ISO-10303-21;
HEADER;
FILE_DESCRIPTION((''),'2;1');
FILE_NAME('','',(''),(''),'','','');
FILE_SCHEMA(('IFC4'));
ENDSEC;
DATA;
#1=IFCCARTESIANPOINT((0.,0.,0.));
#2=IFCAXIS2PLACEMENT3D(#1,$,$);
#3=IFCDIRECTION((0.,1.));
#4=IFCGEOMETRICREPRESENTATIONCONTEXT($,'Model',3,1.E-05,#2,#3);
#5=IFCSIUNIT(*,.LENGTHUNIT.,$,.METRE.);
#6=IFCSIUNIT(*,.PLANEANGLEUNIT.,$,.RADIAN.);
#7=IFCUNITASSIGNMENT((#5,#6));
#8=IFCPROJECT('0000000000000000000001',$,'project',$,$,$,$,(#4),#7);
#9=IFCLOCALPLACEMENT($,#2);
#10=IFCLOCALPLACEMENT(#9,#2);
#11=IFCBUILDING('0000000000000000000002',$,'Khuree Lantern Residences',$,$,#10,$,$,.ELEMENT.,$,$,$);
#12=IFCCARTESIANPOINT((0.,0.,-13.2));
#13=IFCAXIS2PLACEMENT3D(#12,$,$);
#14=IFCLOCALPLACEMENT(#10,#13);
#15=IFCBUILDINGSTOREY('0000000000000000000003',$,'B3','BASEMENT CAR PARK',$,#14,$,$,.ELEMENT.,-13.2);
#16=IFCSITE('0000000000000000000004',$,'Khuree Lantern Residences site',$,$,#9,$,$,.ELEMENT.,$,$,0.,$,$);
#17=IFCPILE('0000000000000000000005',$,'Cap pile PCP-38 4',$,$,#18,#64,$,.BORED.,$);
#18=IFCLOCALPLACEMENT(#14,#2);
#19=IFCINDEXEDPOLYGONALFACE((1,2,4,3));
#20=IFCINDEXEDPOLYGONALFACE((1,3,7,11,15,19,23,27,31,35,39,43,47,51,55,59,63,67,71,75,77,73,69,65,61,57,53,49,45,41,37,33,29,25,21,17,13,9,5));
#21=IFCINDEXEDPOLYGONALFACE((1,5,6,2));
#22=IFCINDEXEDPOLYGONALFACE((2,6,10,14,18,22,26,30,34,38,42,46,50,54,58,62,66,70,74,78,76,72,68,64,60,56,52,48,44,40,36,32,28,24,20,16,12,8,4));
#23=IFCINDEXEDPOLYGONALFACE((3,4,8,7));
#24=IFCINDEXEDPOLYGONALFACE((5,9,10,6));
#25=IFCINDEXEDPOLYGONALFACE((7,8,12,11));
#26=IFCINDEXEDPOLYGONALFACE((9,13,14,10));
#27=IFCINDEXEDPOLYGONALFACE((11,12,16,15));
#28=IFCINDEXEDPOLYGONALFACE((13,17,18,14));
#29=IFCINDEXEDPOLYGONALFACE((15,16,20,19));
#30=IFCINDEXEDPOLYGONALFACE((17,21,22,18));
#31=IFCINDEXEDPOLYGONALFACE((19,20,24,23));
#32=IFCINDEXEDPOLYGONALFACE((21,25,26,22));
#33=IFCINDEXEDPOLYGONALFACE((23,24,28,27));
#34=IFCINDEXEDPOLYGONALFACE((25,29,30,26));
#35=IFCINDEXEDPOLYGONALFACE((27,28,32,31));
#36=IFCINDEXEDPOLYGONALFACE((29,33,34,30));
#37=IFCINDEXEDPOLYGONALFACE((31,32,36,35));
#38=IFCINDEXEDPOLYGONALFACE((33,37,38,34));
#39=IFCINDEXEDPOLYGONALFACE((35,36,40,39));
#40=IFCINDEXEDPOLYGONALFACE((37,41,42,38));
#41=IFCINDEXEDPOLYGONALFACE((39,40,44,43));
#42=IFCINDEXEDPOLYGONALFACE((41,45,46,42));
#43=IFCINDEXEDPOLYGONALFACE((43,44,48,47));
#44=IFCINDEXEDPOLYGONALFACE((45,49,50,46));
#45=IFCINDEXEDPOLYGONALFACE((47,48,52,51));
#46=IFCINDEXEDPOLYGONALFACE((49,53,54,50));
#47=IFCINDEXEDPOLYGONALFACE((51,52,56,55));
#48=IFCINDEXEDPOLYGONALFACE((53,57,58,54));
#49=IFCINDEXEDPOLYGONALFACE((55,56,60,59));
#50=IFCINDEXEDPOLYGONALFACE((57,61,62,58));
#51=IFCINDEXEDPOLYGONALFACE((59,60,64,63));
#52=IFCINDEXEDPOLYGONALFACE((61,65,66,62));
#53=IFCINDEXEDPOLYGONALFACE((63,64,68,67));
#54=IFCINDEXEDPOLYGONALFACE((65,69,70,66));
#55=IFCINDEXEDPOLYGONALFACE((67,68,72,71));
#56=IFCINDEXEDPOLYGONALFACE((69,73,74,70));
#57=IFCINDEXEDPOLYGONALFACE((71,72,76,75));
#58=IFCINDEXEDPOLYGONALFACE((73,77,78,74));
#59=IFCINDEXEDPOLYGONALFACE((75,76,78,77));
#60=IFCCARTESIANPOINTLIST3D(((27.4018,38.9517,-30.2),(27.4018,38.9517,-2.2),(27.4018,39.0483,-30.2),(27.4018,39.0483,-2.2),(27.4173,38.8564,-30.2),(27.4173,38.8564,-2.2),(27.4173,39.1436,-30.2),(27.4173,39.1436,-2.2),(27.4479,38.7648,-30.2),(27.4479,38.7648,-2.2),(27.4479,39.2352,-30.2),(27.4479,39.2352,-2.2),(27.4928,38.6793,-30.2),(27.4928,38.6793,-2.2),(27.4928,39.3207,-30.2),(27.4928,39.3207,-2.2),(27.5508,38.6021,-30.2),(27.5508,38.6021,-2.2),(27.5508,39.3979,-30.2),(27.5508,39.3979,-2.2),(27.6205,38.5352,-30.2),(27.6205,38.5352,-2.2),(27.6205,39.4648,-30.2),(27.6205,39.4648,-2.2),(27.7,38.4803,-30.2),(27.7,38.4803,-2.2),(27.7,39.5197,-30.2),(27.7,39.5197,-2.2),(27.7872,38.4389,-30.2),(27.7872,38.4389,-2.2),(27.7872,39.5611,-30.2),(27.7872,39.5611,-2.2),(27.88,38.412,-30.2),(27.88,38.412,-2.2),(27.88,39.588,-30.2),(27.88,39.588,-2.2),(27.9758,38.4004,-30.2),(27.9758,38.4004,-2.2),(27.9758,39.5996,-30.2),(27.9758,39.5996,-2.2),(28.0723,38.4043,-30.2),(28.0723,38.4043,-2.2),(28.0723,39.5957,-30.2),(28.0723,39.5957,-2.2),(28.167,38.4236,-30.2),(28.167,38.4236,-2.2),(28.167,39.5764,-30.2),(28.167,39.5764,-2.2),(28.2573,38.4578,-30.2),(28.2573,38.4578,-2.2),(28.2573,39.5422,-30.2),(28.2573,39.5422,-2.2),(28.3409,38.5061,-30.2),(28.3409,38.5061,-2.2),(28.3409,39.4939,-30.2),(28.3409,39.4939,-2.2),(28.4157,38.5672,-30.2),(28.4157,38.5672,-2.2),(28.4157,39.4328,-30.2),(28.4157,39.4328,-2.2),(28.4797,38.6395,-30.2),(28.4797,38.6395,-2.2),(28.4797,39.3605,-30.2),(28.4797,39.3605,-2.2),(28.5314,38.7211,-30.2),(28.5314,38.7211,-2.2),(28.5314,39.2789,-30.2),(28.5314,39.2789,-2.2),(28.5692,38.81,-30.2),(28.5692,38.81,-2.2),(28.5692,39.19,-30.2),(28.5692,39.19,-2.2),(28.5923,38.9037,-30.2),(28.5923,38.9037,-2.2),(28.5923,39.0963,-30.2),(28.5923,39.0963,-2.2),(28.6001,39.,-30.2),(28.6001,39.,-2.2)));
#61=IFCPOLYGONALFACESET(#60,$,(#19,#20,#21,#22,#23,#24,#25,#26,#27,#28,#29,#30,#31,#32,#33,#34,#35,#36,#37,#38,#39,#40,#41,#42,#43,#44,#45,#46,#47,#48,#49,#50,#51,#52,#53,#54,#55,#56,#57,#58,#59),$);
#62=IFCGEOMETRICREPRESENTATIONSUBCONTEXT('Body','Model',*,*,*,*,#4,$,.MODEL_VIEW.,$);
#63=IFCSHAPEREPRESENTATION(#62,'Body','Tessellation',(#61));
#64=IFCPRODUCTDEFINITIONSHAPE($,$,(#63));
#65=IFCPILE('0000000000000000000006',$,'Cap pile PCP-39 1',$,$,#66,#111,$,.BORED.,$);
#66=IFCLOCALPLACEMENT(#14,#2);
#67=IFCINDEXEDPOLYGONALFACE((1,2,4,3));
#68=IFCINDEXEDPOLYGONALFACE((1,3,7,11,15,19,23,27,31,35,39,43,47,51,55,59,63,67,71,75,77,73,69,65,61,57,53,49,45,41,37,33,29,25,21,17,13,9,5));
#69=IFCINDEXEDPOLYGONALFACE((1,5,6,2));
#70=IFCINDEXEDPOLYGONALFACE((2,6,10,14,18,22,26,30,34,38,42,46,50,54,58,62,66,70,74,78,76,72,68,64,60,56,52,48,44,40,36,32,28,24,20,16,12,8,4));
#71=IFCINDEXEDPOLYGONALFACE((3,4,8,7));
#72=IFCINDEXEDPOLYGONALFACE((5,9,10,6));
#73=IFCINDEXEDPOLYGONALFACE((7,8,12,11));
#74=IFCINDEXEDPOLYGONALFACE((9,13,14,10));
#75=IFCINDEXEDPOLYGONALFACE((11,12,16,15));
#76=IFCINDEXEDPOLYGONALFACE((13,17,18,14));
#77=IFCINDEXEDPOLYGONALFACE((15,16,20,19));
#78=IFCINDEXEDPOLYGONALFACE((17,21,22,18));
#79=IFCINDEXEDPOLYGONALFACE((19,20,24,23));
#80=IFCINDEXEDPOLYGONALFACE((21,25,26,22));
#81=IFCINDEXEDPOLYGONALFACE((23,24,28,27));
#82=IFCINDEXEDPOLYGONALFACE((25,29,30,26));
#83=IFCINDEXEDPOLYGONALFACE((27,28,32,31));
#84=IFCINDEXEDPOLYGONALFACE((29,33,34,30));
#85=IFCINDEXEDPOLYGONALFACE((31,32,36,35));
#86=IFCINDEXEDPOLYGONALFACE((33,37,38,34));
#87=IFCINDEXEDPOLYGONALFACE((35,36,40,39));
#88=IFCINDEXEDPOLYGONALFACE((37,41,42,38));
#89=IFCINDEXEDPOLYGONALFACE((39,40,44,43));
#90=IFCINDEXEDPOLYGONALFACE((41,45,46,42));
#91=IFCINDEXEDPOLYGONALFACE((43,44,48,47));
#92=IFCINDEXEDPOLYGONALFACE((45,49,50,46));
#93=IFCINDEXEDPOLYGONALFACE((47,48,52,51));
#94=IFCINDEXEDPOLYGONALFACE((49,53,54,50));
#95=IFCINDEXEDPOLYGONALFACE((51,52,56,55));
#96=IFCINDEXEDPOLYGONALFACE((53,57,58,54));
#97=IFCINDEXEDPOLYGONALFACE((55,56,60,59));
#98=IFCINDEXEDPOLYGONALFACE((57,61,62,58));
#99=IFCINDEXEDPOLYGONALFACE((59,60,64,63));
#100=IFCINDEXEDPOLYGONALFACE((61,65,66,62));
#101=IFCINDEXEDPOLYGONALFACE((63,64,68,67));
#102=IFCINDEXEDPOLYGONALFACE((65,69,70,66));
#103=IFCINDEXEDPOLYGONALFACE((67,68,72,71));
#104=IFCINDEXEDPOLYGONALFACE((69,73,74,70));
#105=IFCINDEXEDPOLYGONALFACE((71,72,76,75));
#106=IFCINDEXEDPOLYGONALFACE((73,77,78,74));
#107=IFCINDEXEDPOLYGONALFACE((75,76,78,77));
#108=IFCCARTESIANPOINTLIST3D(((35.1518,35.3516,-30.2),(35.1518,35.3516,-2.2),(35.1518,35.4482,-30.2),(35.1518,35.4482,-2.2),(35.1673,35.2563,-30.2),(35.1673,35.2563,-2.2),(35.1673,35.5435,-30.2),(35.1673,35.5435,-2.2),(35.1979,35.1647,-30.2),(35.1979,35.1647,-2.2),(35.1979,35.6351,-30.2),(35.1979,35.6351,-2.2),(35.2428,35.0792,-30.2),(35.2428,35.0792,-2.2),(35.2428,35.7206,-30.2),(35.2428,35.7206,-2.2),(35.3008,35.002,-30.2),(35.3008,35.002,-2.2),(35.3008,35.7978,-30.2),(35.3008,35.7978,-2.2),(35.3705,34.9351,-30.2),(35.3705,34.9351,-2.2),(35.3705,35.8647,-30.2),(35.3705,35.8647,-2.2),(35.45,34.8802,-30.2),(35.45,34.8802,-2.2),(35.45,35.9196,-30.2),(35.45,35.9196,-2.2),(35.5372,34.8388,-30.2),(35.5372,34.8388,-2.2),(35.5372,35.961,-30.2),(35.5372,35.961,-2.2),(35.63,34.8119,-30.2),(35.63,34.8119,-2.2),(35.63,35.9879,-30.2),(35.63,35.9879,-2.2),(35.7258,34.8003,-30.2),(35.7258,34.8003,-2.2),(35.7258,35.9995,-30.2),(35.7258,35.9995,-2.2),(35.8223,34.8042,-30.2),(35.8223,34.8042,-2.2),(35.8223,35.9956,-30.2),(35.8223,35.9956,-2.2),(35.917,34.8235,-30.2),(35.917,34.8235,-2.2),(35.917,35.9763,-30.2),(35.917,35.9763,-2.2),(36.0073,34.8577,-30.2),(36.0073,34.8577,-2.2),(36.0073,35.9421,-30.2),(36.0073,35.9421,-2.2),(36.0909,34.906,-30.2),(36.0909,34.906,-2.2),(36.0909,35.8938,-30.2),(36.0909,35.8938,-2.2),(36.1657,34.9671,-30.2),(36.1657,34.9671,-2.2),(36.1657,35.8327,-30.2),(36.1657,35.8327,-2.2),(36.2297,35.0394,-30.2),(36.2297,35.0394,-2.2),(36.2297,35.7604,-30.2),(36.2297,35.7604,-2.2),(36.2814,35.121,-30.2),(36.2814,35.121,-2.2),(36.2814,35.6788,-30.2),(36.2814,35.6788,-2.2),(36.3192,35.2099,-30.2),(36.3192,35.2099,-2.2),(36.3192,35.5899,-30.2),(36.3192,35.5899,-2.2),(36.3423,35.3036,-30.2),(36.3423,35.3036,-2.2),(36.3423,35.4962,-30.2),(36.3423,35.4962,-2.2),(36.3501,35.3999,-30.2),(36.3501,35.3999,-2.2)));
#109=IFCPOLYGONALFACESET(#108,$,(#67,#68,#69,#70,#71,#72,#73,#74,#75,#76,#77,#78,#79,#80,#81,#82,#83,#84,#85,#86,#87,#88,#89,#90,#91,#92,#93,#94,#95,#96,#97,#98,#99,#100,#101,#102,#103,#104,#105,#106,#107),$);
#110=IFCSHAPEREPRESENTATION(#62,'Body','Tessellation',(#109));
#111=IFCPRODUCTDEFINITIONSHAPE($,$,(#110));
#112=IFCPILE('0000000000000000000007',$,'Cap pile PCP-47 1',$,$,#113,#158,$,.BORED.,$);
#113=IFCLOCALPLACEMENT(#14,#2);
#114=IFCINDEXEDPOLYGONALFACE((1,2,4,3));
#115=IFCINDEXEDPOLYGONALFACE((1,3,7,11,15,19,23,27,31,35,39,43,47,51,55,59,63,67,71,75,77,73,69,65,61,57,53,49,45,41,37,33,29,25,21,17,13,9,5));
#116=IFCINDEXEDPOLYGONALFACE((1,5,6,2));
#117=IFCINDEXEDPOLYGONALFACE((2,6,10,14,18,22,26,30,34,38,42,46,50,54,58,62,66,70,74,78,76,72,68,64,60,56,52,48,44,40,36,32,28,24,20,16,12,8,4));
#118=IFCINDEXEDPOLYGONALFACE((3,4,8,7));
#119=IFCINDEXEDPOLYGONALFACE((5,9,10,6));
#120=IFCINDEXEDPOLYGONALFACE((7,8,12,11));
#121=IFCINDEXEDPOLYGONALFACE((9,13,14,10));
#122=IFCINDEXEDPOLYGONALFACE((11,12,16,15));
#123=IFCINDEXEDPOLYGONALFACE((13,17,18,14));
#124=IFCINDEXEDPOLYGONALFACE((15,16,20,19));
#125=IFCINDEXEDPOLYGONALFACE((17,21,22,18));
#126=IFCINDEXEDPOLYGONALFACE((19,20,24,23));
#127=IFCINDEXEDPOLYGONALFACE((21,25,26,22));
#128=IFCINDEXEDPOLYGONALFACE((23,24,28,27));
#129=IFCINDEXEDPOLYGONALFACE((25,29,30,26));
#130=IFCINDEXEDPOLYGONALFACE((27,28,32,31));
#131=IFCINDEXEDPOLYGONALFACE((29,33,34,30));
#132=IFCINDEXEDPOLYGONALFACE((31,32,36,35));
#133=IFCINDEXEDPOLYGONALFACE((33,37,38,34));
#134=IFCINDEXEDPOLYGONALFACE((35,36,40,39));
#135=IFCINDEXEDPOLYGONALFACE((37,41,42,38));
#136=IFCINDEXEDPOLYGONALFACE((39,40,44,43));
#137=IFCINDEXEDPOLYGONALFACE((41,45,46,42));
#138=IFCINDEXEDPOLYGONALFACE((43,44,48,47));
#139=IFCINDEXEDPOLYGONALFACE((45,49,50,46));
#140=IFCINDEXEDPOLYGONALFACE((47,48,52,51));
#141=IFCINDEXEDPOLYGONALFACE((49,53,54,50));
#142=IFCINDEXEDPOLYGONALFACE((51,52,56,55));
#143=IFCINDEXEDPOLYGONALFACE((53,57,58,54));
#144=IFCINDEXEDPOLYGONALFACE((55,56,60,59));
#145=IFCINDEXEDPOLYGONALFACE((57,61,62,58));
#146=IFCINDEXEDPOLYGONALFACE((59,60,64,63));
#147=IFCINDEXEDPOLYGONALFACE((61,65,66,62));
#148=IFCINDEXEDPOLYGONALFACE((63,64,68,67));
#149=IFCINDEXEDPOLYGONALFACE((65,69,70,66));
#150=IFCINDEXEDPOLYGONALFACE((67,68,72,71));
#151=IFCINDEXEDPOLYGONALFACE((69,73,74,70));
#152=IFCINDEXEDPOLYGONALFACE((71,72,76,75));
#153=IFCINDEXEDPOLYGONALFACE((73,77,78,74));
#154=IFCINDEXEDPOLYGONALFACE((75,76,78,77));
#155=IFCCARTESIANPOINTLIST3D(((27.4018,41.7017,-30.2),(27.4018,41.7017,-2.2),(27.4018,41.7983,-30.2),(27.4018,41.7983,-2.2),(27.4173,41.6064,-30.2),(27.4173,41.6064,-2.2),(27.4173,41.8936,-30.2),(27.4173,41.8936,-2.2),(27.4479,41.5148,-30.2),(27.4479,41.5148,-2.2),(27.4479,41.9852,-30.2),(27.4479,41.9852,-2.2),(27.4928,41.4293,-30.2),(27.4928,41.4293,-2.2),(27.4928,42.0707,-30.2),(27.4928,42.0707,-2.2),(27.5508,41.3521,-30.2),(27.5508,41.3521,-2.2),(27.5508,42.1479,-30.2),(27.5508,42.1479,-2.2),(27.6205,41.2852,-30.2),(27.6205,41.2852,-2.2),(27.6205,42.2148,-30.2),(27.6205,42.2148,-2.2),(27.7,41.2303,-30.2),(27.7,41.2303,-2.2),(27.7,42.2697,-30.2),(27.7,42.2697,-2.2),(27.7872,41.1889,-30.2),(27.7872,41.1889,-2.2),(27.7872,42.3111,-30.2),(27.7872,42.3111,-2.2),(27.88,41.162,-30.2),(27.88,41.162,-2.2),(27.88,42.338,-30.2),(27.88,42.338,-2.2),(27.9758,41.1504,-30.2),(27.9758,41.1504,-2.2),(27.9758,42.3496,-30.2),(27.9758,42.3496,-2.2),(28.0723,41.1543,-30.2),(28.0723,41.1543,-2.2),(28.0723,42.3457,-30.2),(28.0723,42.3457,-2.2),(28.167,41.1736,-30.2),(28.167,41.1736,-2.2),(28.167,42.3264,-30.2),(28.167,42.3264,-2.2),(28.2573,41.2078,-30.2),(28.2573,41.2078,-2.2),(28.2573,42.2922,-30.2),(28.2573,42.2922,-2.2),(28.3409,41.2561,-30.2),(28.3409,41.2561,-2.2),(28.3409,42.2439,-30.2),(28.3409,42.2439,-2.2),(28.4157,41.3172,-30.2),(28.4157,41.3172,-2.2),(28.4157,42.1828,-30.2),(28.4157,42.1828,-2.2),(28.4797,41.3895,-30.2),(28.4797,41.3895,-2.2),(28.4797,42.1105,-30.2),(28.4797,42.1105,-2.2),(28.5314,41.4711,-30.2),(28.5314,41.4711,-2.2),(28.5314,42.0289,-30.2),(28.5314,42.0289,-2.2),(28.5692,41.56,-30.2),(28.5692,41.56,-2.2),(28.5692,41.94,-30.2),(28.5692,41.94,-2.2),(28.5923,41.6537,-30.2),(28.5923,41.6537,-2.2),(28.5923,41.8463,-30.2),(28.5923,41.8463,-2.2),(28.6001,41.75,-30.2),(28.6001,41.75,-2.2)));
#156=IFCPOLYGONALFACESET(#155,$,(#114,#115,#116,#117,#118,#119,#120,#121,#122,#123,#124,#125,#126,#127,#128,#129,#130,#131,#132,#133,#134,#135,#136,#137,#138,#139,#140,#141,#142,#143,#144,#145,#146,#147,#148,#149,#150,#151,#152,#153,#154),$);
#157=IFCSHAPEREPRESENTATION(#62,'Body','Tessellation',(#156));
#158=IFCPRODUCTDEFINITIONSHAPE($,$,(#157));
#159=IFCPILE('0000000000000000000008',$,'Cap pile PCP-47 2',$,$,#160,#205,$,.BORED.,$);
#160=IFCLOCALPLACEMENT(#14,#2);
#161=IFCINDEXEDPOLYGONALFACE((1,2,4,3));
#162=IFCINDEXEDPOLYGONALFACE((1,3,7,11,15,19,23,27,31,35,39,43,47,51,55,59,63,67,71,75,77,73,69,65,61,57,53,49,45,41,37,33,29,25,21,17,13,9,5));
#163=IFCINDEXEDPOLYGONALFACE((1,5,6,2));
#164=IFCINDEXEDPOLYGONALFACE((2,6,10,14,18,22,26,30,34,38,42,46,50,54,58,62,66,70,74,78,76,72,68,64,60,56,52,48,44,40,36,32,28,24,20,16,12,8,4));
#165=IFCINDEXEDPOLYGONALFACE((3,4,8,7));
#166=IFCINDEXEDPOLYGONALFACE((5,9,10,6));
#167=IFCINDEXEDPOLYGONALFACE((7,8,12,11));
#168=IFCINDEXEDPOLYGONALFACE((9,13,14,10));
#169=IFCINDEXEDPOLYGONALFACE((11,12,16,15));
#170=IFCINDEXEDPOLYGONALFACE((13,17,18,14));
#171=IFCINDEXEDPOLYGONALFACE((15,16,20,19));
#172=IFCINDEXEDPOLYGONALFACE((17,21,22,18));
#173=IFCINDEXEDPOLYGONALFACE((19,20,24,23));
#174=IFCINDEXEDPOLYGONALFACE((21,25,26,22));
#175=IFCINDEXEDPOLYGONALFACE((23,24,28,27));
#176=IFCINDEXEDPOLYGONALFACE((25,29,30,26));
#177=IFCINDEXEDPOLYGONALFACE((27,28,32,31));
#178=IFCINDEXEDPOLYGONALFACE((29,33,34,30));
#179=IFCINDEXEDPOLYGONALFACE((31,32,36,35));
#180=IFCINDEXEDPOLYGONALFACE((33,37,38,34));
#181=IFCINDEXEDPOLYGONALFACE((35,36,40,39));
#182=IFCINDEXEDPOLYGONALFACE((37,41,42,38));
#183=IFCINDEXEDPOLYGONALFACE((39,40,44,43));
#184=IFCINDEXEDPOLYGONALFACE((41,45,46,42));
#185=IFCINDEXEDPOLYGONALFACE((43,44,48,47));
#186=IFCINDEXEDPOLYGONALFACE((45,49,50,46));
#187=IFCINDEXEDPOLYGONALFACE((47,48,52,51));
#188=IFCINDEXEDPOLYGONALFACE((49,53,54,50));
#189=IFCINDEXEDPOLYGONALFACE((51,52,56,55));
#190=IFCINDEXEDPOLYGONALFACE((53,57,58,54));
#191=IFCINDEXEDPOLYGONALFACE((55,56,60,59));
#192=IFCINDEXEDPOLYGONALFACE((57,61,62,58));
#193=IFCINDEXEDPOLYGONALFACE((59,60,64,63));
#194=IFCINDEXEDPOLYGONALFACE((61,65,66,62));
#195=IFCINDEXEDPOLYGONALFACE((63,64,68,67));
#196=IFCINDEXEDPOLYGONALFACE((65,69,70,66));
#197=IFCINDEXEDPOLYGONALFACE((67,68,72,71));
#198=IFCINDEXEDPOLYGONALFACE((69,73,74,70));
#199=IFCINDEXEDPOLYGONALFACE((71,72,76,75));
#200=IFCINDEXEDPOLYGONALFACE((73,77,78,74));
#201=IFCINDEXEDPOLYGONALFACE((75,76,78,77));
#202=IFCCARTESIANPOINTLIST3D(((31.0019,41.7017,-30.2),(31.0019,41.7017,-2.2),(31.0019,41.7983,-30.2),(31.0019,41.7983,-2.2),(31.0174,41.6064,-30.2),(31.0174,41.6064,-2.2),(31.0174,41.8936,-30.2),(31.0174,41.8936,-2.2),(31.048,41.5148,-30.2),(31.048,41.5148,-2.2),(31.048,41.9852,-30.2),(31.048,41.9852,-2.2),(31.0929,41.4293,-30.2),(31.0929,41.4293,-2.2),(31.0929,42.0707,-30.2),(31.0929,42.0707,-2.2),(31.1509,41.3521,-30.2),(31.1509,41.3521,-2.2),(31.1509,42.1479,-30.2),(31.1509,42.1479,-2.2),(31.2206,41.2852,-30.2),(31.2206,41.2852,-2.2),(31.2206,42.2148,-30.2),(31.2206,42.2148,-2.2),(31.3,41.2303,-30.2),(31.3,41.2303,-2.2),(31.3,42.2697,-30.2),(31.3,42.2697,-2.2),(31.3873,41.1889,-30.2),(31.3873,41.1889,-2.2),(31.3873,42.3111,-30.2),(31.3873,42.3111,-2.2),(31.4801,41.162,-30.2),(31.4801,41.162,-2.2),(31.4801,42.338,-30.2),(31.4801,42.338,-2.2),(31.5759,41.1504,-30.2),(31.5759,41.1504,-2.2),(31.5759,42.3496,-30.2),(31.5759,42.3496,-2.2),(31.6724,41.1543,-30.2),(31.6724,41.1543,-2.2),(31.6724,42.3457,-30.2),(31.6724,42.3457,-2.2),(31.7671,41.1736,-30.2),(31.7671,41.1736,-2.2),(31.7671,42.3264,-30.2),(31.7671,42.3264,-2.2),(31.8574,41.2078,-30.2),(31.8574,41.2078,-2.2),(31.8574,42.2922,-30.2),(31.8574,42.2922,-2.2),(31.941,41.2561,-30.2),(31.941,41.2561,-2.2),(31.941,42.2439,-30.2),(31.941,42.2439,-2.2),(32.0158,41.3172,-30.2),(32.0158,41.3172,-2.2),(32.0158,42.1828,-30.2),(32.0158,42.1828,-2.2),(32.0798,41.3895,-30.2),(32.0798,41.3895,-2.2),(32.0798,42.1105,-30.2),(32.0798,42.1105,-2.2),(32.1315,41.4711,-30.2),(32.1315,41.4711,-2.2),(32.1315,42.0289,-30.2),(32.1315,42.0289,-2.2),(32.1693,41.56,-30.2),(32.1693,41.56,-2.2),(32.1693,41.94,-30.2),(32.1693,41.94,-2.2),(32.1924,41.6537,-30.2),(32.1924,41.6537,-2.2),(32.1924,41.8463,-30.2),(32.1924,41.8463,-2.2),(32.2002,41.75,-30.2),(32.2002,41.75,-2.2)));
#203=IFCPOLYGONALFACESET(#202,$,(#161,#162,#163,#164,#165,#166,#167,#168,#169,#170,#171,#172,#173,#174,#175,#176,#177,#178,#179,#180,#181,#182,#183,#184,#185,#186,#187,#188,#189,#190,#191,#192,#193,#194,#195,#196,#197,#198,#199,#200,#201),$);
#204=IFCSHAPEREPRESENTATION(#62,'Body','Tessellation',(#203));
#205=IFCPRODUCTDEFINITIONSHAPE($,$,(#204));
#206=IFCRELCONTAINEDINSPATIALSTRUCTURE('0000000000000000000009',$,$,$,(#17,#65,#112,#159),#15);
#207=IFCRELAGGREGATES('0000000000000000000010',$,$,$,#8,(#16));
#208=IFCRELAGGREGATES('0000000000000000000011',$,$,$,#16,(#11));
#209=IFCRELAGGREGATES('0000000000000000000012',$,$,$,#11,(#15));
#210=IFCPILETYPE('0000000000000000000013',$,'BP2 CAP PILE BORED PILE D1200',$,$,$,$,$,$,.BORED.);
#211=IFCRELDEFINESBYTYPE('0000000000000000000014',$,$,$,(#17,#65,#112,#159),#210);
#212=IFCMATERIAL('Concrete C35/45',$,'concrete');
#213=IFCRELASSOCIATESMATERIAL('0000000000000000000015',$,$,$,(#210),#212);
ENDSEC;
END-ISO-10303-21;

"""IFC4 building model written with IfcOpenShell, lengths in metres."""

from ifc_helpers import new_model, si_unit, direction, frame, origin, origin_2d, place, context, subcontext, project, spatial, circle, extrude, material, material_profile, profile_set, type_object, element, save


model = new_model("IFC4")

# Units and contexts
model_context = context("Model", 3, precision=1e-05, world=origin(), true_north=direction((0.0, 1.0)))
body_context = subcontext(model_context, "Body", "Model", "MODEL_VIEW")
ifc_project = project(units=[si_unit("LENGTHUNIT", "METRE"), si_unit("PLANEANGLEUNIT", "RADIAN")], contexts=[model_context])

# Site, building, storey
site_placement = place(None, origin())
site = spatial("IfcSite", under=ifc_project, at=site_placement, Name="Khuree Lantern Residences site", CompositionType="ELEMENT", RefElevation=0.0)
building_placement = place(site_placement, origin())
building = spatial("IfcBuilding", under=site, at=building_placement, Name="Khuree Lantern Residences", CompositionType="ELEMENT")
storey_placement = place(building_placement, frame((0.0, 0.0, -13.2)))
storey = spatial("IfcBuildingStorey", under=building, at=storey_placement, Name="B3", Description="BASEMENT CAR PARK", CompositionType="ELEMENT", Elevation=-13.2)

# Piles
ifc_material_1 = material(Name="Concrete C35/45", Category="concrete")
ifc_material_profile_1 = material_profile(ifc_material_1, circle(Radius=0.6001, at=origin_2d()), Name="BORED PILE D1200")
ifc_profile_set_1 = profile_set([ifc_material_profile_1], Name="Concrete C35/45")
pile_type_1 = type_object("IfcPileType", Name="BP2 CAP PILE BORED PILE D1200", PredefinedType="BORED", material=ifc_profile_set_1)
for number, where, z_axis, x_axis, name in (
    (1, (28.0, 39.0, -2.2), (0.0, 0.0, -1.0), (1.0, 0.0, 0.0), "Cap pile PCP-38 4"),
    (2, (35.75, 35.3999, -2.2), (0.0, 0.0, -1.0), (1.0, 0.0, 0.0), "Cap pile PCP-39 1"),
    (3, (28.0, 41.75, -2.2), (0.0, 0.0, -1.0), (1.0, 0.0, 0.0), "Cap pile PCP-47 1"),
    (4, (31.6001, 41.75, -2.2), (0.0, 0.0, -1.0), (1.0, 0.0, 0.0), "Cap pile PCP-47 2"),
):
    element("IfcPile", number, at=place(storey_placement, frame(where, z_axis=z_axis, x_axis=x_axis)), inside=storey, type_object=pile_type_1, Name=name, PredefinedType="BORED", context=body_context, shape_type="SweptSolid", body=[
        extrude(circle(Radius=0.6001, at=origin_2d()), origin(), (0.0, 0.0, 1.0), 28.0),
    ])

save(model, "model.ifc")
